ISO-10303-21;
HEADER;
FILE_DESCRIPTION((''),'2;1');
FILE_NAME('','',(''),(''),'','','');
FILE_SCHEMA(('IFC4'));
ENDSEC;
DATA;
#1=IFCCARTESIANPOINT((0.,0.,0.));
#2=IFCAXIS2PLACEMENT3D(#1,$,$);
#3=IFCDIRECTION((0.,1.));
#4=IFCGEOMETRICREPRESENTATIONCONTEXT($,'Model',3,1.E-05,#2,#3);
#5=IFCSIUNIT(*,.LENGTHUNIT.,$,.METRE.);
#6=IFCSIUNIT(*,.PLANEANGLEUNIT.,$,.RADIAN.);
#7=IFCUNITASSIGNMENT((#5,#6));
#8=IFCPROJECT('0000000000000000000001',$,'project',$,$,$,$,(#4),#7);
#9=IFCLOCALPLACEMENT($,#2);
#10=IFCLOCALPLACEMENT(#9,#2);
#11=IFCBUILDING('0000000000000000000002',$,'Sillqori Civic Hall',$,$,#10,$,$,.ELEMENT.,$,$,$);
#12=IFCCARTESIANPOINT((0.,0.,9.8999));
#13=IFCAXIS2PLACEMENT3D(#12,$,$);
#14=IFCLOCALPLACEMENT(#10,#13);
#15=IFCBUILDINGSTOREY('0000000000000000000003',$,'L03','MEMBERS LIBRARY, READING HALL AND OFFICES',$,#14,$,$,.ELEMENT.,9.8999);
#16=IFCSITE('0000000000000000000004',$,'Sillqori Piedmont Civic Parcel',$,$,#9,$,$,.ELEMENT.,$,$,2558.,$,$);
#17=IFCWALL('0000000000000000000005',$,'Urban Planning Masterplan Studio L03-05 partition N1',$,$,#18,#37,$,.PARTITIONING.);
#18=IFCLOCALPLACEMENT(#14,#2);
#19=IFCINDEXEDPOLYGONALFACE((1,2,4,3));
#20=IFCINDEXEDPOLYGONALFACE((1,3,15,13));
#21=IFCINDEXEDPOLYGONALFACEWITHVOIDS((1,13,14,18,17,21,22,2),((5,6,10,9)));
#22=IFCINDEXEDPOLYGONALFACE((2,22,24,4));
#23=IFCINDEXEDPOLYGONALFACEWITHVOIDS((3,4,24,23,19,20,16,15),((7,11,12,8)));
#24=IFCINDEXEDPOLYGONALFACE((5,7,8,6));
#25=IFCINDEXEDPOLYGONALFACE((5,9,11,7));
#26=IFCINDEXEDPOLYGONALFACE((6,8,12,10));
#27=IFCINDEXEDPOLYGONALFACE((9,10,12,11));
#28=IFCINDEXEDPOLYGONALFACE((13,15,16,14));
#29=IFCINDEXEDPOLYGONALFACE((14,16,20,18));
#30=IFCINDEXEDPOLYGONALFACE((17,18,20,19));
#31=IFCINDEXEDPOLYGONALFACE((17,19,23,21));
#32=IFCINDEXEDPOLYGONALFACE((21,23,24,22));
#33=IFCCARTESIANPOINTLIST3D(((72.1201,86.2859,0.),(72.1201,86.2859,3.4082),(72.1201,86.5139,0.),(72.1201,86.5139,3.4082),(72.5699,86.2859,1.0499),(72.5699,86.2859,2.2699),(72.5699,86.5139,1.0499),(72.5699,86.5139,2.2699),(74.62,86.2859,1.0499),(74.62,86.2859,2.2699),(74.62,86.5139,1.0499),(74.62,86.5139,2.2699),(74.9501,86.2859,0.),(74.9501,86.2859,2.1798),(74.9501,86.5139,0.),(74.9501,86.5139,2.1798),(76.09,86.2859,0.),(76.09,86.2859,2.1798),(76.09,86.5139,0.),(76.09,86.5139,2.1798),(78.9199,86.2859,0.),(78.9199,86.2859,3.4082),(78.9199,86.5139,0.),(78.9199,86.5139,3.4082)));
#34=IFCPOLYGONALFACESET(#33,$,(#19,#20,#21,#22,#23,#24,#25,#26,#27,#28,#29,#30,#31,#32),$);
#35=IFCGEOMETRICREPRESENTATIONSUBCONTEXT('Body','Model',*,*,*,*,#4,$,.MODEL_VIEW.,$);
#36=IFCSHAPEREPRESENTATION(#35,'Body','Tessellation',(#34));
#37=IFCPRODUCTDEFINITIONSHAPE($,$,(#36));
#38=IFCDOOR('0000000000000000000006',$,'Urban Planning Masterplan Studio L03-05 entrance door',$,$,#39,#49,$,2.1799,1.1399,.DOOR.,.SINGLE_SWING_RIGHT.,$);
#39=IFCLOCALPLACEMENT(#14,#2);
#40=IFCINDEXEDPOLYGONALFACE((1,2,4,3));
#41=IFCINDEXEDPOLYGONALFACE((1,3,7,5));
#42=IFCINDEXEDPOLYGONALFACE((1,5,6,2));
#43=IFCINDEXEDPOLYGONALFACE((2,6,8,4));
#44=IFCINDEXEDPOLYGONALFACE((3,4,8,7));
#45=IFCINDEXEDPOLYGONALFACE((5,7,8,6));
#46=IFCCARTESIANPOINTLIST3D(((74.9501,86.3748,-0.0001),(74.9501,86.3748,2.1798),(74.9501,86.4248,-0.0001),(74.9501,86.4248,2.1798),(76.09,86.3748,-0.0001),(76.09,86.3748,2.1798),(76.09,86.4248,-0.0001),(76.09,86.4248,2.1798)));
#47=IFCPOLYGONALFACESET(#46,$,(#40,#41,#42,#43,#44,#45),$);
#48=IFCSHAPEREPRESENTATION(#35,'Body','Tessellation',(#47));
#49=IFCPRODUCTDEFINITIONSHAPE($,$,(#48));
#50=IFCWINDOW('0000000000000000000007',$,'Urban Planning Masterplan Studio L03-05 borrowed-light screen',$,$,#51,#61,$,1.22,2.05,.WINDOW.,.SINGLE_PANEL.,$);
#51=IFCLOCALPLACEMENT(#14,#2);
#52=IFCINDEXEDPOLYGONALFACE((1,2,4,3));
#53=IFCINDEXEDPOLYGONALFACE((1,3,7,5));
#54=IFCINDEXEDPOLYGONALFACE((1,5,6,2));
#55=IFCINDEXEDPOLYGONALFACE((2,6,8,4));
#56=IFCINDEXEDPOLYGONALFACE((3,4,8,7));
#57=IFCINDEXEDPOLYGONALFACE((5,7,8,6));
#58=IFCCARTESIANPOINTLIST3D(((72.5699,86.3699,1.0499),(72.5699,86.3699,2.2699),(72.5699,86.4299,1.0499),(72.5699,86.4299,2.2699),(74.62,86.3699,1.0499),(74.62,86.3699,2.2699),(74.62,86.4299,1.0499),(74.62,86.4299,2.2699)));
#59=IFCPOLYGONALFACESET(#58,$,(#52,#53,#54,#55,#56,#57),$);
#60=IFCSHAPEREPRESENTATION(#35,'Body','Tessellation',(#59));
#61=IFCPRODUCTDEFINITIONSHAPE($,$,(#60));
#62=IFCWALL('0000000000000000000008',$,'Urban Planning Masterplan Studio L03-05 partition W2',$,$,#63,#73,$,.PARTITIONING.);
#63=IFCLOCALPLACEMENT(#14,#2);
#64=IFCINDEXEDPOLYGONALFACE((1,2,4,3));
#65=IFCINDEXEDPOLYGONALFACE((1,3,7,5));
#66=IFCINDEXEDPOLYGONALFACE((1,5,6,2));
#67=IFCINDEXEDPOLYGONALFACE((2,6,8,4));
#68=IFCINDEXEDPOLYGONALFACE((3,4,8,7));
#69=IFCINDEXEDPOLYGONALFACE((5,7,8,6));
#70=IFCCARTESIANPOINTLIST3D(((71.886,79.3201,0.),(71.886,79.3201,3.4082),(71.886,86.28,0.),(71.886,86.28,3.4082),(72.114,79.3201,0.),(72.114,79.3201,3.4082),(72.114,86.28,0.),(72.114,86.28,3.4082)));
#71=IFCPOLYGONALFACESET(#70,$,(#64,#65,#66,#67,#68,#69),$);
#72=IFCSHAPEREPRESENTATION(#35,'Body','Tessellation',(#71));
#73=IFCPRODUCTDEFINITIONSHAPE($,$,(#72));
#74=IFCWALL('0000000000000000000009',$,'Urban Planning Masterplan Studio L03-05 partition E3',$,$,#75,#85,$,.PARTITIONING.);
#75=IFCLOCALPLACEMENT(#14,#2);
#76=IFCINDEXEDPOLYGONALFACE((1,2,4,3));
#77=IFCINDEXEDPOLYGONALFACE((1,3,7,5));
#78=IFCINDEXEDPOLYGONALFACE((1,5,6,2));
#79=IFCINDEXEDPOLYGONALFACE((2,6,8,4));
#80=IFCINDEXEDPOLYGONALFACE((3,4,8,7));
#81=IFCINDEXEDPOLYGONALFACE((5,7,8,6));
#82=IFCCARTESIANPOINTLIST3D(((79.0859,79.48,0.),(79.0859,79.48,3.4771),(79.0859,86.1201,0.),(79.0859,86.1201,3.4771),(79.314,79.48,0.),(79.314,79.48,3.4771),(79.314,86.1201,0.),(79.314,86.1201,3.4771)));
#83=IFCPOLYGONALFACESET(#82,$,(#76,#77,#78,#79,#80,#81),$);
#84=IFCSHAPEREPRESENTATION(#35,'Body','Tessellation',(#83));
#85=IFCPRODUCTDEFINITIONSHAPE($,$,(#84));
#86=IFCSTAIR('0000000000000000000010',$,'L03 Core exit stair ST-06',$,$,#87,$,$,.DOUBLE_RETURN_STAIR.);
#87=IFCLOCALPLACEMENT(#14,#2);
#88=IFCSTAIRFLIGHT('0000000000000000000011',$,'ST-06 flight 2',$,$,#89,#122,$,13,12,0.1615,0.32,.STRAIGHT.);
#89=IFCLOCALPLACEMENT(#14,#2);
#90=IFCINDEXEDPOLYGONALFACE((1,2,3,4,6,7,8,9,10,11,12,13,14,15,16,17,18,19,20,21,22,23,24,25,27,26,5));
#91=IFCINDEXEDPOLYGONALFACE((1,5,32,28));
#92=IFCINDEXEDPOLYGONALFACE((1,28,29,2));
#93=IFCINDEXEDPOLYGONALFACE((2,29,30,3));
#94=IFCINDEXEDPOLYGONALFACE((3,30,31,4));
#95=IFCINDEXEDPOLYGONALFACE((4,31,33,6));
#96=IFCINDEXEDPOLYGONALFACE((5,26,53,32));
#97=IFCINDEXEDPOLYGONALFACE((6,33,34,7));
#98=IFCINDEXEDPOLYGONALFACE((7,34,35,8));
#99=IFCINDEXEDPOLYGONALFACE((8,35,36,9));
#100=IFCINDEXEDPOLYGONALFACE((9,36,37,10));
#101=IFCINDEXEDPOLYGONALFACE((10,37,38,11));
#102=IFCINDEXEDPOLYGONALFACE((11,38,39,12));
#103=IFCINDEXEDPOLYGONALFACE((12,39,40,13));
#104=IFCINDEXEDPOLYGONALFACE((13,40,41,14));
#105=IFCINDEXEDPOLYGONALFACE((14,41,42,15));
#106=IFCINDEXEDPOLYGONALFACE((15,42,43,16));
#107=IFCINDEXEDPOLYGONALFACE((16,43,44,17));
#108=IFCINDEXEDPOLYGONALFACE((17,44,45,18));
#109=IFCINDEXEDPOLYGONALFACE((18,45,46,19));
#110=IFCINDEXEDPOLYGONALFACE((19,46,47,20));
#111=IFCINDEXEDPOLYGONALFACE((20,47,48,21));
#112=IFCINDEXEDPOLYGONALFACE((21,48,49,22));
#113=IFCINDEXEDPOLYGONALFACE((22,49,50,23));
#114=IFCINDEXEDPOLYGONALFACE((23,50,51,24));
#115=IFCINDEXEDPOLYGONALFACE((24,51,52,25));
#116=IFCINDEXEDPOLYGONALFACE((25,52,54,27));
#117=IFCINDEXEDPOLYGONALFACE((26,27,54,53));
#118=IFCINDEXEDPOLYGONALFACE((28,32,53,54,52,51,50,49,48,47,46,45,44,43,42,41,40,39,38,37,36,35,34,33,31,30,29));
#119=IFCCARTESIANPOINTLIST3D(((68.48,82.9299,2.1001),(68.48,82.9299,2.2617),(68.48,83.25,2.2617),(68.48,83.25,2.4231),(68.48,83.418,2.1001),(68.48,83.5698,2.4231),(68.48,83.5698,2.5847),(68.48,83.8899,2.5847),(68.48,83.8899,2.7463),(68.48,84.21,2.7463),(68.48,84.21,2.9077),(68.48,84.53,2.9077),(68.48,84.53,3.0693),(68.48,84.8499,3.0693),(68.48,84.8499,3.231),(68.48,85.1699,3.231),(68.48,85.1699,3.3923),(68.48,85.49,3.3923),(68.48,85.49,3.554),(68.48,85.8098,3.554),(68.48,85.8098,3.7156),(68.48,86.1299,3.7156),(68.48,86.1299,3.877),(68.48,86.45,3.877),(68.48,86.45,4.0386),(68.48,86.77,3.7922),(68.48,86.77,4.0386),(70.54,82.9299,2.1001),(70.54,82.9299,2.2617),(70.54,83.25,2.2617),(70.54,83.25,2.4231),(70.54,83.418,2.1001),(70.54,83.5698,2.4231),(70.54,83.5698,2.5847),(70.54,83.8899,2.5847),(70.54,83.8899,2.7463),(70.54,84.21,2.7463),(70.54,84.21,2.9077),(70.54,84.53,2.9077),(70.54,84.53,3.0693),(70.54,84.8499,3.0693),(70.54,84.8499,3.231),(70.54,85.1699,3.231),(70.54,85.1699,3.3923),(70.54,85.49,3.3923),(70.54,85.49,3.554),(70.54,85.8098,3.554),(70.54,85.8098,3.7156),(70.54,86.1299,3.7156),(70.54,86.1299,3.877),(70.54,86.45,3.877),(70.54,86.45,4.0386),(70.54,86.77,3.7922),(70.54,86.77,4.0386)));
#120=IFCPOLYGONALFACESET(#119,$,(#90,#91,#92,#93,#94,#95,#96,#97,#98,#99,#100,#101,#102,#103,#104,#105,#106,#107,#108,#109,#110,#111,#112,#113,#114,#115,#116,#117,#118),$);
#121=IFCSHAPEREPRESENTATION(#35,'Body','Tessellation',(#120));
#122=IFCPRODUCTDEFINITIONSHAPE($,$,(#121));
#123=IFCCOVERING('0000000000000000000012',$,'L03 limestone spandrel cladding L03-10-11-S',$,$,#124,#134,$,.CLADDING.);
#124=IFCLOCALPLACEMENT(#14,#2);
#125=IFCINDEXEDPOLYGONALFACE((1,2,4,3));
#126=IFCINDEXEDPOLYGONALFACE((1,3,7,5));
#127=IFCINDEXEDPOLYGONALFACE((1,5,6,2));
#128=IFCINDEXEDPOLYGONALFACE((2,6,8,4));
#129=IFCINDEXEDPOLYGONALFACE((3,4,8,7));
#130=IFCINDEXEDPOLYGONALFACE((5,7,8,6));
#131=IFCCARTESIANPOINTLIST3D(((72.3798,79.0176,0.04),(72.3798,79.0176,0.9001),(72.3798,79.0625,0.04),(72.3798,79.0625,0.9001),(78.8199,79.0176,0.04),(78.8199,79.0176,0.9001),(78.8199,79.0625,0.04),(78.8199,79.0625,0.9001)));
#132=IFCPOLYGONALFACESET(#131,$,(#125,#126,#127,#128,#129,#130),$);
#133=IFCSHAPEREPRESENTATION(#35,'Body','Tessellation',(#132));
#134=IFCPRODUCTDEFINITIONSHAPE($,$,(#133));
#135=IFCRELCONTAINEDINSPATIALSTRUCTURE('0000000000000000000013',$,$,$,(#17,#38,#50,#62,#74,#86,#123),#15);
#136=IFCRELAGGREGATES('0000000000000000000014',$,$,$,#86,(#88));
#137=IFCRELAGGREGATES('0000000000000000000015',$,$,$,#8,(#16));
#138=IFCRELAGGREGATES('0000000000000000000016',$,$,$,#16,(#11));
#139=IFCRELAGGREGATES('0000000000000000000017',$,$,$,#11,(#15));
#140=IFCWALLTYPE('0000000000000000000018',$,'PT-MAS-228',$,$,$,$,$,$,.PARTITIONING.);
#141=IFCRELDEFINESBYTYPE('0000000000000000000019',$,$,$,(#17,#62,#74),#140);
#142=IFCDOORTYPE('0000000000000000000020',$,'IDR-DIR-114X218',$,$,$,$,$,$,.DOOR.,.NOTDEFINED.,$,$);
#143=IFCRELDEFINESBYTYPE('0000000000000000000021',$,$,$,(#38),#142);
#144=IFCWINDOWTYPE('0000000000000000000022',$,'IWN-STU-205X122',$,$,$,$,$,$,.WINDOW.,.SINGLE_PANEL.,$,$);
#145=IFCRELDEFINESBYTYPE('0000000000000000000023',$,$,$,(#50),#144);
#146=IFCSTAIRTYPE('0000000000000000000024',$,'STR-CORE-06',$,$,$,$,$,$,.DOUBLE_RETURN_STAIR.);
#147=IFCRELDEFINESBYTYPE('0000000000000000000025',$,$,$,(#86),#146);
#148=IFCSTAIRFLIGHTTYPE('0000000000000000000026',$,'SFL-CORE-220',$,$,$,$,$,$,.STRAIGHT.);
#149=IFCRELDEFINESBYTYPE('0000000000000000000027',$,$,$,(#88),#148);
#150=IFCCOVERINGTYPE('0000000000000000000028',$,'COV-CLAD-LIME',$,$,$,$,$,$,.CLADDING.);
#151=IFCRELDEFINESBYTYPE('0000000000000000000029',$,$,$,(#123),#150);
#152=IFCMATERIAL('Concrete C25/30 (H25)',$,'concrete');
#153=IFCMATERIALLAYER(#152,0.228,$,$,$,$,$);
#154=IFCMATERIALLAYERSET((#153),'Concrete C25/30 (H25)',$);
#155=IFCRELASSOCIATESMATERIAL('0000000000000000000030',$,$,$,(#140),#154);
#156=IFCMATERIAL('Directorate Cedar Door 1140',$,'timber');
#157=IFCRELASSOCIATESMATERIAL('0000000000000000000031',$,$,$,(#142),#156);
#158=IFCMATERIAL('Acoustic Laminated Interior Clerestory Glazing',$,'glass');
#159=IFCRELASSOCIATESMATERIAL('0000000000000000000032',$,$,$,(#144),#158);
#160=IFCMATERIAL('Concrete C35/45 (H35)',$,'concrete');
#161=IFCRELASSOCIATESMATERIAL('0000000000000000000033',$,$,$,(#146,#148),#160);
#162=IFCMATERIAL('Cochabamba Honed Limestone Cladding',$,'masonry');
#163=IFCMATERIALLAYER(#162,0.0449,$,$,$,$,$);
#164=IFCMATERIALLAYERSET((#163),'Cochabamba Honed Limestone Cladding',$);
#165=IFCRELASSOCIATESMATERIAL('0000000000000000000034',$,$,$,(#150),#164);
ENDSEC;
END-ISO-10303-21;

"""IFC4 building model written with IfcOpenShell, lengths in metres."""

from ifc_helpers import new_model, si_unit, direction, frame, frame_2d, origin, place, context, subcontext, project, spatial, polyline, rectangle, outline, extrude, material, layer, layer_set, type_object, element, fill, aggregate, save


model = new_model("IFC4")

# Units and contexts
model_context = context("Model", 3, precision=1e-05, world=origin(), true_north=direction((0.0, 1.0)))
body_context = subcontext(model_context, "Body", "Model", "MODEL_VIEW")
ifc_project = project(units=[si_unit("LENGTHUNIT", "METRE"), si_unit("PLANEANGLEUNIT", "RADIAN")], contexts=[model_context])

# Site, building, storey
site_placement = place(None, origin())
site = spatial("IfcSite", under=ifc_project, at=site_placement, Name="Sillqori Piedmont Civic Parcel", CompositionType="ELEMENT", RefElevation=2558.0)
building_placement = place(site_placement, origin())
building = spatial("IfcBuilding", under=site, at=building_placement, Name="Sillqori Civic Hall", CompositionType="ELEMENT")
storey_placement = place(building_placement, frame((0.0, 0.0, 9.8999)))
storey = spatial("IfcBuildingStorey", under=building, at=storey_placement, Name="L03", Description="MEMBERS LIBRARY, READING HALL AND OFFICES", CompositionType="ELEMENT", Elevation=9.8999)

# Shared definitions
ifc_material_1 = material(Name="Concrete C35/45 (H35)", Category="concrete")

# Wall, openings, door, window
ifc_material_2 = material(Name="Concrete C25/30 (H25)", Category="concrete")
ifc_layer_1 = layer(ifc_material_2, 0.228)
ifc_layer_set_1 = layer_set([ifc_layer_1], Name="Concrete C25/30 (H25)")
wall_type_1 = type_object("IfcWallType", Name="PT-MAS-228", PredefinedType="PARTITIONING", material=ifc_layer_set_1)
wall_1_placement = place(storey_placement, frame((72.1201, 86.3999, 0.0), z_axis=(0.0, 0.0, 1.0), x_axis=(1.0, 0.0, 0.0)))
wall_1 = element("IfcWall", 1, at=wall_1_placement, inside=storey, type_object=wall_type_1, Name="Urban Planning Masterplan Studio L03-05 partition N1", PredefinedType="PARTITIONING", context=body_context, shape_type="SweptSolid", body=[
    extrude(rectangle(XDim=6.7998, YDim=0.228, at=frame_2d((3.3999, 0.0))), origin(), (0.0, 0.0, 1.0), 3.4082),
])
opening_1_placement = place(wall_1_placement, frame((2.8301, 0.0, 0.0)))
opening_1 = element("IfcOpeningElement", 2, at=opening_1_placement, cuts=wall_1, PredefinedType="OPENING", context=body_context, shape_type="SweptSolid", body=[
    extrude(rectangle(XDim=1.1399, YDim=2.1799, at=frame_2d((0.5698, 1.0898))), frame((0.0, 0.124, 0.0), z_axis=(0.0, -1.0, 0.0), x_axis=(1.0, 0.0, 0.0)), (0.0, 0.0, 1.0), 0.248),
])
opening_2_placement = place(wall_1_placement, frame((0.45, 0.0, 1.05)))
opening_2 = element("IfcOpeningElement", 3, at=opening_2_placement, cuts=wall_1, PredefinedType="OPENING", context=body_context, shape_type="SweptSolid", body=[
    extrude(rectangle(XDim=2.05, YDim=1.22, at=frame_2d((1.0249, 0.6099))), frame((0.0, 0.124, 0.0), z_axis=(0.0, -1.0, 0.0), x_axis=(1.0, 0.0, 0.0)), (0.0, 0.0, 1.0), 0.248),
])
ifc_material_3 = material(Name="Directorate Cedar Door 1140", Category="timber")
door_type = type_object("IfcDoorType", Name="IDR-DIR-114X218", OperationType="NOTDEFINED", PredefinedType="DOOR", material=ifc_material_3)
door_placement = place(opening_1_placement, origin())
door = element("IfcDoor", 4, at=door_placement, inside=storey, type_object=door_type, Name="Urban Planning Masterplan Studio L03-05 entrance door", OperationType="SINGLE_SWING_RIGHT", OverallHeight=2.1799, OverallWidth=1.1399, PredefinedType="DOOR", context=body_context, shape_type="SweptSolid", body=[
    extrude(rectangle(XDim=1.1399, YDim=2.1799, at=frame_2d((0.5698, 1.0898))), frame((0.0, 0.0249, 0.0), z_axis=(0.0, -1.0, 0.0), x_axis=(1.0, 0.0, 0.0)), (0.0, 0.0, 1.0), 0.05),
])
fill(opening_1, door)
ifc_material_4 = material(Name="Acoustic Laminated Interior Clerestory Glazing", Category="glass")
window_type = type_object("IfcWindowType", Name="IWN-STU-205X122", PartitioningType="SINGLE_PANEL", PredefinedType="WINDOW", material=ifc_material_4)
window_placement = place(opening_2_placement, origin())
window = element("IfcWindow", 5, at=window_placement, inside=storey, type_object=window_type, Name="Urban Planning Masterplan Studio L03-05 borrowed-light screen", OverallHeight=1.22, OverallWidth=2.05, PartitioningType="SINGLE_PANEL", PredefinedType="WINDOW", context=body_context, shape_type="SweptSolid", body=[
    extrude(rectangle(XDim=2.05, YDim=1.22, at=frame_2d((1.0249, 0.6099))), frame((0.0, 0.03, 0.0), z_axis=(0.0, -1.0, 0.0), x_axis=(1.0, 0.0, 0.0)), (0.0, 0.0, 1.0), 0.0601),
])
fill(opening_2, window)

# Walls
wall_2_placement = place(storey_placement, frame((72.0, 79.3201, 0.0), z_axis=(0.0, 0.0, 1.0), x_axis=(0.0, 1.0, 0.0)))
element("IfcWall", 6, at=wall_2_placement, inside=storey, type_object=wall_type_1, Name="Urban Planning Masterplan Studio L03-05 partition W2", PredefinedType="PARTITIONING", context=body_context, shape_type="SweptSolid", body=[
    extrude(rectangle(XDim=6.96, YDim=0.228, at=frame_2d((3.48, 0.0))), origin(), (0.0, 0.0, 1.0), 3.4082),
])
wall_3_placement = place(storey_placement, frame((79.2, 86.1201, 0.0), z_axis=(0.0, 0.0, 1.0), x_axis=(0.0, -1.0, 0.0)))
element("IfcWall", 7, at=wall_3_placement, inside=storey, type_object=wall_type_1, Name="Urban Planning Masterplan Studio L03-05 partition E3", PredefinedType="PARTITIONING", context=body_context, shape_type="SweptSolid", body=[
    extrude(rectangle(XDim=6.6401, YDim=0.228, at=frame_2d((3.3201, 0.0))), origin(), (0.0, 0.0, 1.0), 3.4771),
])

# Stair, stair flight
stair_type = type_object("IfcStairType", Name="STR-CORE-06", PredefinedType="DOUBLE_RETURN_STAIR", material=ifc_material_1)
stair_placement = place(storey_placement, origin())
stair = element("IfcStair", 8, at=stair_placement, inside=storey, type_object=stair_type, Name="L03 Core exit stair ST-06", PredefinedType="DOUBLE_RETURN_STAIR")
stair_flight_type = type_object("IfcStairFlightType", Name="SFL-CORE-220", PredefinedType="STRAIGHT", material=ifc_material_1)
stair_flight_placement = place(storey_placement, frame((69.51, 82.9299, 2.1001), z_axis=(0.0, 0.0, 1.0), x_axis=(0.0, 1.0, 0.0)))
stair_flight = element("IfcStairFlight", 9, at=stair_flight_placement, type_object=stair_flight_type, Name="ST-06 flight 2", NumberOfRisers=13, NumberOfTreads=12, PredefinedType="STRAIGHT", RiserHeight=0.1615, TreadLength=0.32, context=body_context, shape_type="SweptSolid", body=[
    extrude(outline(polyline([(0.0, 0.0), (0.0, 0.1616), (0.3201, 0.1616), (0.3201, 0.323), (0.6399, 0.323), (0.6399, 0.4846), (0.96, 0.4846), (0.96, 0.6462), (1.28, 0.6462), (1.28, 0.8076), (1.6001, 0.8076), (1.6001, 0.9692), (1.9199, 0.9692), (1.9199, 1.1309), (2.24, 1.1309), (2.24, 1.2922), (2.5601, 1.2922), (2.5601, 1.4539), (2.8799, 1.4539), (2.8799, 1.6155), (3.2, 1.6155), (3.2, 1.7769), (3.52, 1.7769), (3.52, 1.9385), (3.8401, 1.9385), (3.8401, 2.1001), (3.8401, 1.6921), (0.488, 0.0), (0.0, 0.0)])), frame((0.0, 1.03, 0.0), z_axis=(0.0, -1.0, 0.0), x_axis=(1.0, 0.0, 0.0)), (0.0, 0.0, 1.0), 2.0601),
])
aggregate(stair, [stair_flight])

# Covering
ifc_material_5 = material(Name="Cochabamba Honed Limestone Cladding", Category="masonry")
ifc_layer_2 = layer(ifc_material_5, 0.0449)
ifc_layer_set_2 = layer_set([ifc_layer_2], Name="Cochabamba Honed Limestone Cladding")
covering_type = type_object("IfcCoveringType", Name="COV-CLAD-LIME", PredefinedType="CLADDING", material=ifc_layer_set_2)
covering_placement = place(storey_placement, frame((78.8201, 79.04, 0.04), z_axis=(0.0, 0.0, 1.0), x_axis=(-1.0, 0.0, 0.0)))
element("IfcCovering", 10, at=covering_placement, inside=storey, type_object=covering_type, Name="L03 limestone spandrel cladding L03-10-11-S", PredefinedType="CLADDING", context=body_context, shape_type="SweptSolid", body=[
    extrude(rectangle(XDim=6.4402, YDim=0.0449, at=frame_2d((3.2202, 0.0))), origin(), (0.0, 0.0, 1.0), 0.8601),
])

save(model, "model.ifc")
